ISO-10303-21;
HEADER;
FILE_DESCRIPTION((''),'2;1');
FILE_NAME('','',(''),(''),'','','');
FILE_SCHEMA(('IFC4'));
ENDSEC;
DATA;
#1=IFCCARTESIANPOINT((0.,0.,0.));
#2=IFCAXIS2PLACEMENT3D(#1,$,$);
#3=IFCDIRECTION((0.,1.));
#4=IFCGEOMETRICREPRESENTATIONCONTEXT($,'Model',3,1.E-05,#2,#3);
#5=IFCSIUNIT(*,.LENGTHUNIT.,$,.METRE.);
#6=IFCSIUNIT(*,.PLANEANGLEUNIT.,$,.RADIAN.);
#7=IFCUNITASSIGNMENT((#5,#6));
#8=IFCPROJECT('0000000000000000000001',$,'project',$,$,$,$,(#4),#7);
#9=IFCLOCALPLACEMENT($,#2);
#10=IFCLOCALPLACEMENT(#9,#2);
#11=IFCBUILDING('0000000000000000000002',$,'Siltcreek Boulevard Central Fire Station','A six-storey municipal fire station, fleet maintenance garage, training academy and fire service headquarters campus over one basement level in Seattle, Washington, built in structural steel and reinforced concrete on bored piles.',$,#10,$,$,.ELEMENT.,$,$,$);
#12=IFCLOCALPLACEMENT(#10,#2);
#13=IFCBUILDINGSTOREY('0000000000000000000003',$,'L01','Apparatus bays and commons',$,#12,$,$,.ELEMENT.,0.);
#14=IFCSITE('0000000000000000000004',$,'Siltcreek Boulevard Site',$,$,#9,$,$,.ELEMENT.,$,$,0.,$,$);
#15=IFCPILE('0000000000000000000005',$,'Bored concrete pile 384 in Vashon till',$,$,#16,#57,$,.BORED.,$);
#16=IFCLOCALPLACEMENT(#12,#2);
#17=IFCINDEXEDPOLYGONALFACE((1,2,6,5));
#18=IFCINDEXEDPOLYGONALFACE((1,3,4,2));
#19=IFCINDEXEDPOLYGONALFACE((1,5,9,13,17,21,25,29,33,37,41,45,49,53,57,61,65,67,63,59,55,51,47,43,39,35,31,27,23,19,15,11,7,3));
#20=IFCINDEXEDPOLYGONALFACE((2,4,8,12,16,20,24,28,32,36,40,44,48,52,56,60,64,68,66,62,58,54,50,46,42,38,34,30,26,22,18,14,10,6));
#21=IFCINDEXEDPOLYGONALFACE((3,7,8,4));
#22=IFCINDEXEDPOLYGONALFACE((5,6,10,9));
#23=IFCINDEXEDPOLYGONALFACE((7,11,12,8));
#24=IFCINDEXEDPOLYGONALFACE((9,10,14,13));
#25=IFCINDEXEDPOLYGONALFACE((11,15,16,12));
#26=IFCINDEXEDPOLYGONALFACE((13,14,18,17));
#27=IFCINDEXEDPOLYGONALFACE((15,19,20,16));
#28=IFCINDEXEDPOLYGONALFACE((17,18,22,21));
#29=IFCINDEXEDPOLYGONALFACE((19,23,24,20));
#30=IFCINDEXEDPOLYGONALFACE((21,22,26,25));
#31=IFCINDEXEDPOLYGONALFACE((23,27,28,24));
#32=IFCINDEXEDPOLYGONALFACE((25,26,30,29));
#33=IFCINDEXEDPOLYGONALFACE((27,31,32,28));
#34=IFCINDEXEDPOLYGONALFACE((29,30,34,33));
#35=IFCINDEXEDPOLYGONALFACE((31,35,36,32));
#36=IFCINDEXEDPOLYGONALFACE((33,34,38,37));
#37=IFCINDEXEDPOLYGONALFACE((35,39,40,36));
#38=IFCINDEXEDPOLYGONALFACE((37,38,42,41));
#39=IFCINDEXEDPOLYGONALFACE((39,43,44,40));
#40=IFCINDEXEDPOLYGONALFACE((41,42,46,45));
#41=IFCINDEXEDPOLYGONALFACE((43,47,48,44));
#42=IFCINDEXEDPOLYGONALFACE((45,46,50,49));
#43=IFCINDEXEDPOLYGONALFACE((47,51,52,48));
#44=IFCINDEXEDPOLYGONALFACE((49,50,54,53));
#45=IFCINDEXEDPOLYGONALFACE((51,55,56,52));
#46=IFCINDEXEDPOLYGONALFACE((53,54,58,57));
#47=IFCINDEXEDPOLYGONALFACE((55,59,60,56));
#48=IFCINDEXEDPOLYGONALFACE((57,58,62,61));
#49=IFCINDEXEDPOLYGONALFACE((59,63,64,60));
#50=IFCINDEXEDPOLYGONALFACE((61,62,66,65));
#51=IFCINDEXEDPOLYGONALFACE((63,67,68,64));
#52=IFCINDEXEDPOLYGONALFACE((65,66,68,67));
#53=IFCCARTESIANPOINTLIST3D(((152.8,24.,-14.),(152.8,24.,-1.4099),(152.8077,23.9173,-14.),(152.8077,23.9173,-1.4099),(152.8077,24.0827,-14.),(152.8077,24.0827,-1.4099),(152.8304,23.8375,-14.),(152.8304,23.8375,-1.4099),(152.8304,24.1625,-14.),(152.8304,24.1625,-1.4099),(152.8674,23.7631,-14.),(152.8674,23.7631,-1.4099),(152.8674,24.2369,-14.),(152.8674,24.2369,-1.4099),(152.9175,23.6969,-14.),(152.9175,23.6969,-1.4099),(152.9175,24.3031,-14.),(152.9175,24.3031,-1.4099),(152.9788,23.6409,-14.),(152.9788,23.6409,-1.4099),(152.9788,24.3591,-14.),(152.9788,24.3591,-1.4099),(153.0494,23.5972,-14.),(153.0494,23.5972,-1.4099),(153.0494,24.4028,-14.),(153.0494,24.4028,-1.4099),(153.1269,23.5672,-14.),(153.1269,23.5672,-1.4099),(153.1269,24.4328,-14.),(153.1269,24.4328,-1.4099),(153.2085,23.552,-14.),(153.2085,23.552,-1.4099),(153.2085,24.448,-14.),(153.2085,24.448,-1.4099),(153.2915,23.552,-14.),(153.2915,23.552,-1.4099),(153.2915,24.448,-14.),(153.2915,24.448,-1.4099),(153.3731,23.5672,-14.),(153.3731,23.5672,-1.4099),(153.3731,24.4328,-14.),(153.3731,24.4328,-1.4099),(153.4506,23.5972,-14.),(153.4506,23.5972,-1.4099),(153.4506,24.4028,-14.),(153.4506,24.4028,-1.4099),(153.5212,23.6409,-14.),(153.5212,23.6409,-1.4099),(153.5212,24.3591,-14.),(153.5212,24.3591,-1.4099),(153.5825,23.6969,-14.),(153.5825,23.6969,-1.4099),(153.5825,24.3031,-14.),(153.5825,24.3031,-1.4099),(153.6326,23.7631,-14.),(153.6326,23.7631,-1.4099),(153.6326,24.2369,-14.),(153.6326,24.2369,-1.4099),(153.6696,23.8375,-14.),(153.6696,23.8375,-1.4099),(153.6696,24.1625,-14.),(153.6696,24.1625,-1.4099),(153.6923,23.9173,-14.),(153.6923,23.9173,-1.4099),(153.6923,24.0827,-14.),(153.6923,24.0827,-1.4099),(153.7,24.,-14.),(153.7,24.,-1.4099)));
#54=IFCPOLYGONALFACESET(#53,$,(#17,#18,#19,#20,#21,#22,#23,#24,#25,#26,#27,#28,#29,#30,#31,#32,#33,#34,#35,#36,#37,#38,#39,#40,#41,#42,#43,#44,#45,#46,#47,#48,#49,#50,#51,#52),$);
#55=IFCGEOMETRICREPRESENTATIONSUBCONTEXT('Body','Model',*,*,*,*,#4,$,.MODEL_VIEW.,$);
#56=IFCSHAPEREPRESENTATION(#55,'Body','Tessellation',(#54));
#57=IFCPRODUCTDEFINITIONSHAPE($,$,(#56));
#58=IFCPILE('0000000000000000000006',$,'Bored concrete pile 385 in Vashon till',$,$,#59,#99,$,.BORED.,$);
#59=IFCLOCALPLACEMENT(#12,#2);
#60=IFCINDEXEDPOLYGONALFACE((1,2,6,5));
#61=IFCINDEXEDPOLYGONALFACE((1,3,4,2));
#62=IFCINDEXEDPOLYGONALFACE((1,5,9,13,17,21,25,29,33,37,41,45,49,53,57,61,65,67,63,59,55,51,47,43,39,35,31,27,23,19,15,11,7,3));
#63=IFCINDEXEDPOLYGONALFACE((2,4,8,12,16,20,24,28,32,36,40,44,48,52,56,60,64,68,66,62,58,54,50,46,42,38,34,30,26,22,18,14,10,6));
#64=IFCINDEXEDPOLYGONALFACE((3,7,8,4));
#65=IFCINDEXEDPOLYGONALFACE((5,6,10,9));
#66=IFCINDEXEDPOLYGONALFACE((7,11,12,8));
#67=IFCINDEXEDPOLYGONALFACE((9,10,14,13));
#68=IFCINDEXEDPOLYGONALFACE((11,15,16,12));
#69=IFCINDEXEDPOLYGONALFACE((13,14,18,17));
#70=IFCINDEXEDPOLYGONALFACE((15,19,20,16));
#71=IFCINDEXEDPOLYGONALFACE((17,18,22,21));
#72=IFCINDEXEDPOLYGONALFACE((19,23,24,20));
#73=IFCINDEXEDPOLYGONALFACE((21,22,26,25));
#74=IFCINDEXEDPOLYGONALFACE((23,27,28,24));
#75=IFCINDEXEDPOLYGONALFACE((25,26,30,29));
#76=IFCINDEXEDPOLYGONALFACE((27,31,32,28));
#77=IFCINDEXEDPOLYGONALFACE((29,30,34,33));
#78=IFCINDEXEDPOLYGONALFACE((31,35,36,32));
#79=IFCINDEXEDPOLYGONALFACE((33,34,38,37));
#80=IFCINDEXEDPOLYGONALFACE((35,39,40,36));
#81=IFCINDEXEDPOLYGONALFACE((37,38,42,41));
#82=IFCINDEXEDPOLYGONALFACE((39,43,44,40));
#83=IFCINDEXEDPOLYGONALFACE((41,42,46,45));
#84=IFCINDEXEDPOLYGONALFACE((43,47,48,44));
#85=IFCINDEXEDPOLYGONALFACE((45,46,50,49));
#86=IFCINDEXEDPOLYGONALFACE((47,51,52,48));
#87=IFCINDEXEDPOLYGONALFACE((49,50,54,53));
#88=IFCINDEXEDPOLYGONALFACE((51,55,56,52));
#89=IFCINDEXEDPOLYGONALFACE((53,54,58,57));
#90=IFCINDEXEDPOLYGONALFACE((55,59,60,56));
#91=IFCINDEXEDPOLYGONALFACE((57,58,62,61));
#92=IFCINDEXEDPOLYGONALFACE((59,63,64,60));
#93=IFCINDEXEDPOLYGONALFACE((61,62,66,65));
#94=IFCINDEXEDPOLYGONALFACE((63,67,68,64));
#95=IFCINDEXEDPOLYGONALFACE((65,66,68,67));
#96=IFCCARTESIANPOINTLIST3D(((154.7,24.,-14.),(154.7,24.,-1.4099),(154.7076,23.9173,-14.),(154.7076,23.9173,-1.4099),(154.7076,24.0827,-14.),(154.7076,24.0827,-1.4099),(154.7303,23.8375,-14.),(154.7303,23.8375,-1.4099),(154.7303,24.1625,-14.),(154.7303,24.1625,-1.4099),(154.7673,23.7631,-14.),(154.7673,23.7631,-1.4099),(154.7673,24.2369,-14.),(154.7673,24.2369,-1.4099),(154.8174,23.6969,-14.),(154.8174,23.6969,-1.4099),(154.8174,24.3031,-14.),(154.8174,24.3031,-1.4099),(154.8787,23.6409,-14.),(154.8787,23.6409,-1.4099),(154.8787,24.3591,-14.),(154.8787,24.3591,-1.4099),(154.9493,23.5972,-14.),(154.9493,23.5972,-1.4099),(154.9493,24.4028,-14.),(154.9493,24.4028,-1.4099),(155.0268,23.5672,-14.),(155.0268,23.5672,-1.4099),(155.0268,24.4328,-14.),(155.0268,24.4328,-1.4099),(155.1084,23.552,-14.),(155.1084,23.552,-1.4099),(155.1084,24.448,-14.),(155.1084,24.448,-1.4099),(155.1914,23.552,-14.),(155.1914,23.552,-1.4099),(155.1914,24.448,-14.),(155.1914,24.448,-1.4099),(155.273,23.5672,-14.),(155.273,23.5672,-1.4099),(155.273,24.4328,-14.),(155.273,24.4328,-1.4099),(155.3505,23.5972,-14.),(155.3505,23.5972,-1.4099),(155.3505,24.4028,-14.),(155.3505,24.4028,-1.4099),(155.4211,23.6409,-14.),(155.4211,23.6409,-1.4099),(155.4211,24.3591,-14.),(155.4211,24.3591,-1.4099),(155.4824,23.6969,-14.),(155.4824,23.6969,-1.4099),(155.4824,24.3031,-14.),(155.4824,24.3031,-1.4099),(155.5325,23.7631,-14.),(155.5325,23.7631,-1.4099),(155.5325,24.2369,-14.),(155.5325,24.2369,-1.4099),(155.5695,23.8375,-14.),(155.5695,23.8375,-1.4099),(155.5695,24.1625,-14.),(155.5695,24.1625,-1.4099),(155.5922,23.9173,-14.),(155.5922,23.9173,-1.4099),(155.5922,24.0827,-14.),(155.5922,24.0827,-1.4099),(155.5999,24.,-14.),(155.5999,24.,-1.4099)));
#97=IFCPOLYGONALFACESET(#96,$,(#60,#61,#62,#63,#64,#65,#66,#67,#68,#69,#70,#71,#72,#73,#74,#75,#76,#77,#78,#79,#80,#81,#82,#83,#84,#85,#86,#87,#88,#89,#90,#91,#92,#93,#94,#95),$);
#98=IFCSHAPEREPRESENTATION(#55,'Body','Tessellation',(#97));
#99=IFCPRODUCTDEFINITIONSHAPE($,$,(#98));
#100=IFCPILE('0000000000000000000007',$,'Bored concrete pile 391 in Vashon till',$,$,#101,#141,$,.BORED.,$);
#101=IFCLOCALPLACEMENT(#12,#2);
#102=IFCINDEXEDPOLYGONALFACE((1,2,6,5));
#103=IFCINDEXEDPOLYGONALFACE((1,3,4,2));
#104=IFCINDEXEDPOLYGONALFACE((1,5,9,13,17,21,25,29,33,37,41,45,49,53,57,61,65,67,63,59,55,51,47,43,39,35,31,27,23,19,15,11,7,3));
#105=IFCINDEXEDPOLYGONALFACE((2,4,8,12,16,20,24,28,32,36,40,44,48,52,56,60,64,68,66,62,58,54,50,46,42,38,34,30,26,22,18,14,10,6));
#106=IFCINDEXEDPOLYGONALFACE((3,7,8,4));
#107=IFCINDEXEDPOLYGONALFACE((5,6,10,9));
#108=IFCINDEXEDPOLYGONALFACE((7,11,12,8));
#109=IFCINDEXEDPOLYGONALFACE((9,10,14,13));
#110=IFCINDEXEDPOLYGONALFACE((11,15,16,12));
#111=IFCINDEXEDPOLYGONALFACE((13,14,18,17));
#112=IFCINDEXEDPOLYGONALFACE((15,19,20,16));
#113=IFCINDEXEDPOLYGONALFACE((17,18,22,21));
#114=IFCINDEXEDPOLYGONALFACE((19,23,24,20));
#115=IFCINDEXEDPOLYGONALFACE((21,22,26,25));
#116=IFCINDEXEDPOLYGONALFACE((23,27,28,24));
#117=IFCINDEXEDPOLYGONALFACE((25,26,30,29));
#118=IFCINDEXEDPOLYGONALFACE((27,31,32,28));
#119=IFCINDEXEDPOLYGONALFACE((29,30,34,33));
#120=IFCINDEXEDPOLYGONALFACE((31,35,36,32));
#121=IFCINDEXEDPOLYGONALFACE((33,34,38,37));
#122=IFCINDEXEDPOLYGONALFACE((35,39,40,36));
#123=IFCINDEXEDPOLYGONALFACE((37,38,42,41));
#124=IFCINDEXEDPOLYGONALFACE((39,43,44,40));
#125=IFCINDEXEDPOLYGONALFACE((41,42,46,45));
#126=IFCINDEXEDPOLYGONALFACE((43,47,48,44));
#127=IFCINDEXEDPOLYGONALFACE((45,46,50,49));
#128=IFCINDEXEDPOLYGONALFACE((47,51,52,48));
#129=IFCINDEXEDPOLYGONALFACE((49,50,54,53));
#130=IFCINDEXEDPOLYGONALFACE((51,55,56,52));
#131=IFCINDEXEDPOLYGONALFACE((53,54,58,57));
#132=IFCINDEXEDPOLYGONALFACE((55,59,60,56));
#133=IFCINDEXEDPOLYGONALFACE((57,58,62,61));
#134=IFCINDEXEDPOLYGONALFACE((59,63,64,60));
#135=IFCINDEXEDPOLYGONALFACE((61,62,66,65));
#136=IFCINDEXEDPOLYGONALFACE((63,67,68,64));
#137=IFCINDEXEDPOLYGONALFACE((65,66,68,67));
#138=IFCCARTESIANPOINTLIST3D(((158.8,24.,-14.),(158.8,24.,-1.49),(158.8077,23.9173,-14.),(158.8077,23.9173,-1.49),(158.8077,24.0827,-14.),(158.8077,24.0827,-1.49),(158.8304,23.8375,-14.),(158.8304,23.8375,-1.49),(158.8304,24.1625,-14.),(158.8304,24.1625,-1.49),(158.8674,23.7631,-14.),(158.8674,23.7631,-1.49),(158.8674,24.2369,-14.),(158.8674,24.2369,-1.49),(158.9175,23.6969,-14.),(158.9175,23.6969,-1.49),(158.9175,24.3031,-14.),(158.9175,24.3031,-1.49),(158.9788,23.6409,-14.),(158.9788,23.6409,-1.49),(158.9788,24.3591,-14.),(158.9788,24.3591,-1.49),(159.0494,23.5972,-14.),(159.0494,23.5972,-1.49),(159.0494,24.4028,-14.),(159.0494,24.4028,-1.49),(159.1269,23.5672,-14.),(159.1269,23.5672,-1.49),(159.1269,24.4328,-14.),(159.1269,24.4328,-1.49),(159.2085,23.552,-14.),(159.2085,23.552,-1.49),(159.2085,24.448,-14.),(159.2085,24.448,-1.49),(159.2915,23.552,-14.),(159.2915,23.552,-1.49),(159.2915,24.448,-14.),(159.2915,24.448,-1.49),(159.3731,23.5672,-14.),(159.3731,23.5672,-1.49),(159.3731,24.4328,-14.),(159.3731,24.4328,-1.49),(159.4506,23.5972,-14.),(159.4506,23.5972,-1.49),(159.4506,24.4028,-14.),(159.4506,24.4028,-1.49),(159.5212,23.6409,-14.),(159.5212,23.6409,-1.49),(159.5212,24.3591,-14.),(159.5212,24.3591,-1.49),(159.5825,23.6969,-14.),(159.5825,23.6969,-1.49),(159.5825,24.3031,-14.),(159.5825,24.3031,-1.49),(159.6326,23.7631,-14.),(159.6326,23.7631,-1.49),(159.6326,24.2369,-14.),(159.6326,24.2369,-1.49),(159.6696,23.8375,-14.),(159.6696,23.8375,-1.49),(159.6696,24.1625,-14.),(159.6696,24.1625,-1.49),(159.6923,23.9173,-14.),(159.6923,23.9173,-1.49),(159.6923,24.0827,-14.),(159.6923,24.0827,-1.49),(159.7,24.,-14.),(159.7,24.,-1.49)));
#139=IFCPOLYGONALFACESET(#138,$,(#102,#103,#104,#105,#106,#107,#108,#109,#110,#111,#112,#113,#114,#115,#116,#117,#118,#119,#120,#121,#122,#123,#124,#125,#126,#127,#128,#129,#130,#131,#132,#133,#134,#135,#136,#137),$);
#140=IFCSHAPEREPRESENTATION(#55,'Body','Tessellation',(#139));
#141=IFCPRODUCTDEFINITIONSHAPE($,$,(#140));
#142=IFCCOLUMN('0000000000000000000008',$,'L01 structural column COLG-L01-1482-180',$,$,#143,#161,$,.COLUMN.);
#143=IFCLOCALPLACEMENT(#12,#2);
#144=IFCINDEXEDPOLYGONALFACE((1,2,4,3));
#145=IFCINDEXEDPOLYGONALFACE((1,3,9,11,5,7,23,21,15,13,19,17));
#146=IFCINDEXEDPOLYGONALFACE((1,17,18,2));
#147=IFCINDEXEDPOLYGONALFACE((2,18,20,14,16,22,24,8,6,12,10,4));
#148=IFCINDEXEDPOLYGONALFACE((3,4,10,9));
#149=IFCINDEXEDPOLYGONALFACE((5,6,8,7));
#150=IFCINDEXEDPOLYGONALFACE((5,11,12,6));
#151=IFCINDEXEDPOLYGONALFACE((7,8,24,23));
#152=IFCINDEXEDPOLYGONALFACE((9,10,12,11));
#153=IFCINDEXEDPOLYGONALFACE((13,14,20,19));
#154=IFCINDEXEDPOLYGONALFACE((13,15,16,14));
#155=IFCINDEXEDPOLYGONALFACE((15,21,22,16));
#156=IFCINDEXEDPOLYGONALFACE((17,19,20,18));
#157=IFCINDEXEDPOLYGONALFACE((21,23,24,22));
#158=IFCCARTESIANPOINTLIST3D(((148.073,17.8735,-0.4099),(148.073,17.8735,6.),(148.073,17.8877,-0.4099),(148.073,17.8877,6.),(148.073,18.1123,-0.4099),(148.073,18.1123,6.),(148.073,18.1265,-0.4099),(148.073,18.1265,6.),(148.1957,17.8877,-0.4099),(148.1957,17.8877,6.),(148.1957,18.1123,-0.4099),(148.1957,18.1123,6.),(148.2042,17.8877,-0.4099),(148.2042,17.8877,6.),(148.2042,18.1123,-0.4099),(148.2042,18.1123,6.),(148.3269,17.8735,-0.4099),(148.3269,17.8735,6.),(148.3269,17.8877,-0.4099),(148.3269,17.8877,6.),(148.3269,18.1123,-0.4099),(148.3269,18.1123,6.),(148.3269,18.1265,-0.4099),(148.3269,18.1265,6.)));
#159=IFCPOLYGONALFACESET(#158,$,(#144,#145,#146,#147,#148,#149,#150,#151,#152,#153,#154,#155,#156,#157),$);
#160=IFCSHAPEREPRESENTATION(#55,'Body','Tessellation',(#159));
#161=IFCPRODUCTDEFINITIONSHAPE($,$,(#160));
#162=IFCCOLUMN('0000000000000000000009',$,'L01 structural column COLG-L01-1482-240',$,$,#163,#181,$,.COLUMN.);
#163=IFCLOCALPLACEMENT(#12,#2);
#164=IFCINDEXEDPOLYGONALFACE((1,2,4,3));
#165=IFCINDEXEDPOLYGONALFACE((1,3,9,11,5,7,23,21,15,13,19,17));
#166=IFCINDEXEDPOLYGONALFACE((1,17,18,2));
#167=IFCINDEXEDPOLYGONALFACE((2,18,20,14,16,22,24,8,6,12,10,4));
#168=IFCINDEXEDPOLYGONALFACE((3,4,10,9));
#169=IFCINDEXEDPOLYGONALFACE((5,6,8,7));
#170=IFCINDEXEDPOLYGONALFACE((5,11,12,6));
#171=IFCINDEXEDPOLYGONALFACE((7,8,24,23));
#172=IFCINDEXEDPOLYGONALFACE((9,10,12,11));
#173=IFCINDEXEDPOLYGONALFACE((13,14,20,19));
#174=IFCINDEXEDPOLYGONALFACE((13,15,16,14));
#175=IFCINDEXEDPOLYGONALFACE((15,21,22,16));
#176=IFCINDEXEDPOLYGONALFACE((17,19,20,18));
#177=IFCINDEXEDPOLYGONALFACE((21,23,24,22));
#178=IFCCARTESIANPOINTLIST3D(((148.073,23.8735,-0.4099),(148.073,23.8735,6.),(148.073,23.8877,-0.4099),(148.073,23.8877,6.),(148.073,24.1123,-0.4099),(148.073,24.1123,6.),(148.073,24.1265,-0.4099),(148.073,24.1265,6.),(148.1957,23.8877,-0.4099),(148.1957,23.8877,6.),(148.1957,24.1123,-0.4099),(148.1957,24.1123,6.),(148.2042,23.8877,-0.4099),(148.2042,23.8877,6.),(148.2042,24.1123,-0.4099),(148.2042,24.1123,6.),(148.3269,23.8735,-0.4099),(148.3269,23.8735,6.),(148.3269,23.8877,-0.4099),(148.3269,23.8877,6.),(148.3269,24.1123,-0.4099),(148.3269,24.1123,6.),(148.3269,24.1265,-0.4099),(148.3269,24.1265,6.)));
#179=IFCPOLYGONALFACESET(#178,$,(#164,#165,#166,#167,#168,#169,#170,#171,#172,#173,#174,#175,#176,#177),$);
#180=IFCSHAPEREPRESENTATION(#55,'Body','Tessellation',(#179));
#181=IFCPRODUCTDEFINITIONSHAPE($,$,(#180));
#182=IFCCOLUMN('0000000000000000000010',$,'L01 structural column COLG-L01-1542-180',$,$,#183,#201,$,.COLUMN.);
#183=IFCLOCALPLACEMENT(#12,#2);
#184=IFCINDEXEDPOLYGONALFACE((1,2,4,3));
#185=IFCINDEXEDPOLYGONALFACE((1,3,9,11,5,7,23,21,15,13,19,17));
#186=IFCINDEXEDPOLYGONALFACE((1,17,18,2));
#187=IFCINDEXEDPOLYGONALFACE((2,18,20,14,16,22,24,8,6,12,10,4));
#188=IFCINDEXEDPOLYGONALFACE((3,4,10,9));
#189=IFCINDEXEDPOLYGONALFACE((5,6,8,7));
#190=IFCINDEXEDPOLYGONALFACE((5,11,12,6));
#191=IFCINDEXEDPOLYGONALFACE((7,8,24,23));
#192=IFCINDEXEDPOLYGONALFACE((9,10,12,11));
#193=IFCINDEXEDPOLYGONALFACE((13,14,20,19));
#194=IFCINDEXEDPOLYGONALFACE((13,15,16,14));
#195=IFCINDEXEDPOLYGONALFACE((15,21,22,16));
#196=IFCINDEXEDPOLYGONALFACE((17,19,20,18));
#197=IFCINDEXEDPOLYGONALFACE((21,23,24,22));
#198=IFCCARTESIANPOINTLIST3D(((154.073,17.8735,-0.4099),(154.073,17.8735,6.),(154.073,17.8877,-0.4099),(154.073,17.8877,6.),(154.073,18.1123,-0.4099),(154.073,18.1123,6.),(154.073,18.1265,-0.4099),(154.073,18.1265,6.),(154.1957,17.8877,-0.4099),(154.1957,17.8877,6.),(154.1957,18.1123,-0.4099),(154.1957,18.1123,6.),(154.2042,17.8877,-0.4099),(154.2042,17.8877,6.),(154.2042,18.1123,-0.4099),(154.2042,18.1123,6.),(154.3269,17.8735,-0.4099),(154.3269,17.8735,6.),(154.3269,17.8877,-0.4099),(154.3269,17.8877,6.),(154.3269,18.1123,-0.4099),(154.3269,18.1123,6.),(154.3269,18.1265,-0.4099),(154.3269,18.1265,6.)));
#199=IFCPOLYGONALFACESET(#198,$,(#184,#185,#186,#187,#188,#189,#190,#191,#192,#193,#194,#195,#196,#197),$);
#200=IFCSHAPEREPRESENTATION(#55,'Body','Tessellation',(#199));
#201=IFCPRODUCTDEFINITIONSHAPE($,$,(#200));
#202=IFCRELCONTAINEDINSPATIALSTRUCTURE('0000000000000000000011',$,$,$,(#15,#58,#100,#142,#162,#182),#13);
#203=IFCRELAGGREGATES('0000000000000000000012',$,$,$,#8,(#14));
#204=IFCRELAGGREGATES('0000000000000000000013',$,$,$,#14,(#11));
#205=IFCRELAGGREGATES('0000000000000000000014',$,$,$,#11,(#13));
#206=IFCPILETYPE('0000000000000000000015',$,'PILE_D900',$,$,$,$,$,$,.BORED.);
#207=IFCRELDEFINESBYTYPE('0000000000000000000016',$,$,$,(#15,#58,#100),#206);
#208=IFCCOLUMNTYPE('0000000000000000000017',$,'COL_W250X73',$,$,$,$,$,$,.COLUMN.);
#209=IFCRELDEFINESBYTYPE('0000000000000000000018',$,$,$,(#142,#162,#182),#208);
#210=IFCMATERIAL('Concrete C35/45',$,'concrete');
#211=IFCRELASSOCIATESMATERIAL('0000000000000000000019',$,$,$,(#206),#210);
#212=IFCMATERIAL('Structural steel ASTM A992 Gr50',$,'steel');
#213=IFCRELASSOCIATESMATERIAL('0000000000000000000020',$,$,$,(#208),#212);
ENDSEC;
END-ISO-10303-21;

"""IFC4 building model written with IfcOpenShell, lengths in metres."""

from ifc_helpers import new_model, si_unit, direction, frame, origin, origin_2d, place, context, subcontext, project, spatial, circle, i_section, extrude, material, material_profile, profile_set, type_object, element, save


model = new_model("IFC4")

# Units and contexts
model_context = context("Model", 3, precision=1e-05, world=origin(), true_north=direction((0.0, 1.0)))
body_context = subcontext(model_context, "Body", "Model", "MODEL_VIEW")
ifc_project = project(units=[si_unit("LENGTHUNIT", "METRE"), si_unit("PLANEANGLEUNIT", "RADIAN")], contexts=[model_context])

# Site, building, storey
site_placement = place(None, origin())
site = spatial("IfcSite", under=ifc_project, at=site_placement, Name="Siltcreek Boulevard Site", CompositionType="ELEMENT", RefElevation=0.0)
building_placement = place(site_placement, origin())
building = spatial("IfcBuilding", under=site, at=building_placement, Name="Siltcreek Boulevard Central Fire Station", Description="A six-storey municipal fire station, fleet maintenance garage, training academy and fire service headquarters campus over one basement level in Seattle, Washington, built in structural steel and reinforced concrete on bored piles.", CompositionType="ELEMENT")
storey_placement = place(building_placement, origin())
storey = spatial("IfcBuildingStorey", under=building, at=storey_placement, Name="L01", Description="Apparatus bays and commons", CompositionType="ELEMENT", Elevation=0.0)

# Shared definitions
ifc_material_1 = material(Name="Concrete C35/45", Category="concrete")

# Piles
ifc_material_profile_1 = material_profile(ifc_material_1, circle(Radius=0.45, at=origin_2d()), Name="SHAFT900")
ifc_profile_set_1 = profile_set([ifc_material_profile_1], Name="Concrete C35/45")
pile_type_1 = type_object("IfcPileType", Name="PILE_D900", PredefinedType="BORED", material=ifc_profile_set_1)
for number, where, z_axis, x_axis, name in (
    (1, (153.25, 24.0, -1.4099), (0.0, 0.0, -1.0), (1.0, 0.0, 0.0), "Bored concrete pile 384 in Vashon till"),
    (2, (155.1499, 24.0, -1.4099), (0.0, 0.0, -1.0), (1.0, 0.0, 0.0), "Bored concrete pile 385 in Vashon till"),
):
    element("IfcPile", number, at=place(storey_placement, frame(where, z_axis=z_axis, x_axis=x_axis)), inside=storey, type_object=pile_type_1, Name=name, PredefinedType="BORED", context=body_context, shape_type="SweptSolid", body=[
        extrude(circle(Radius=0.45, at=origin_2d()), origin(), (0.0, 0.0, 1.0), 12.5901),
    ])
pile_1_placement = place(storey_placement, frame((159.25, 24.0, -1.49), z_axis=(0.0, 0.0, -1.0), x_axis=(1.0, 0.0, 0.0)))
element("IfcPile", 3, at=pile_1_placement, inside=storey, type_object=pile_type_1, Name="Bored concrete pile 391 in Vashon till", PredefinedType="BORED", context=body_context, shape_type="SweptSolid", body=[
    extrude(circle(Radius=0.45, at=origin_2d()), origin(), (0.0, 0.0, 1.0), 12.51),
])

# Columns
ifc_material_2 = material(Name="Structural steel ASTM A992 Gr50", Category="steel")
ifc_material_profile_2 = material_profile(ifc_material_2, i_section(OverallWidth=0.2539, OverallDepth=0.2529, WebThickness=0.0085, FlangeThickness=0.0142, at=origin_2d()), Name="W250X73")
ifc_profile_set_2 = profile_set([ifc_material_profile_2], Name="Structural steel ASTM A992 Gr50")
column_type = type_object("IfcColumnType", Name="COL_W250X73", PredefinedType="COLUMN", material=ifc_profile_set_2)
for number, where, z_axis, x_axis, name in (
    (4, (148.2, 18.0, -0.4099), (0.0, 0.0, 1.0), (1.0, 0.0, 0.0), "L01 structural column COLG-L01-1482-180"),
    (5, (148.2, 24.0, -0.4099), (0.0, 0.0, 1.0), (1.0, 0.0, 0.0), "L01 structural column COLG-L01-1482-240"),
    (6, (154.2, 18.0, -0.4099), (0.0, 0.0, 1.0), (1.0, 0.0, 0.0), "L01 structural column COLG-L01-1542-180"),
):
    element("IfcColumn", number, at=place(storey_placement, frame(where, z_axis=z_axis, x_axis=x_axis)), inside=storey, type_object=column_type, Name=name, PredefinedType="COLUMN", context=body_context, shape_type="SweptSolid", body=[
        extrude(i_section(OverallWidth=0.2539, OverallDepth=0.2529, WebThickness=0.0085, FlangeThickness=0.0142, at=origin_2d()), origin(), (0.0, 0.0, 1.0), 6.4099),
    ])

save(model, "model.ifc")
